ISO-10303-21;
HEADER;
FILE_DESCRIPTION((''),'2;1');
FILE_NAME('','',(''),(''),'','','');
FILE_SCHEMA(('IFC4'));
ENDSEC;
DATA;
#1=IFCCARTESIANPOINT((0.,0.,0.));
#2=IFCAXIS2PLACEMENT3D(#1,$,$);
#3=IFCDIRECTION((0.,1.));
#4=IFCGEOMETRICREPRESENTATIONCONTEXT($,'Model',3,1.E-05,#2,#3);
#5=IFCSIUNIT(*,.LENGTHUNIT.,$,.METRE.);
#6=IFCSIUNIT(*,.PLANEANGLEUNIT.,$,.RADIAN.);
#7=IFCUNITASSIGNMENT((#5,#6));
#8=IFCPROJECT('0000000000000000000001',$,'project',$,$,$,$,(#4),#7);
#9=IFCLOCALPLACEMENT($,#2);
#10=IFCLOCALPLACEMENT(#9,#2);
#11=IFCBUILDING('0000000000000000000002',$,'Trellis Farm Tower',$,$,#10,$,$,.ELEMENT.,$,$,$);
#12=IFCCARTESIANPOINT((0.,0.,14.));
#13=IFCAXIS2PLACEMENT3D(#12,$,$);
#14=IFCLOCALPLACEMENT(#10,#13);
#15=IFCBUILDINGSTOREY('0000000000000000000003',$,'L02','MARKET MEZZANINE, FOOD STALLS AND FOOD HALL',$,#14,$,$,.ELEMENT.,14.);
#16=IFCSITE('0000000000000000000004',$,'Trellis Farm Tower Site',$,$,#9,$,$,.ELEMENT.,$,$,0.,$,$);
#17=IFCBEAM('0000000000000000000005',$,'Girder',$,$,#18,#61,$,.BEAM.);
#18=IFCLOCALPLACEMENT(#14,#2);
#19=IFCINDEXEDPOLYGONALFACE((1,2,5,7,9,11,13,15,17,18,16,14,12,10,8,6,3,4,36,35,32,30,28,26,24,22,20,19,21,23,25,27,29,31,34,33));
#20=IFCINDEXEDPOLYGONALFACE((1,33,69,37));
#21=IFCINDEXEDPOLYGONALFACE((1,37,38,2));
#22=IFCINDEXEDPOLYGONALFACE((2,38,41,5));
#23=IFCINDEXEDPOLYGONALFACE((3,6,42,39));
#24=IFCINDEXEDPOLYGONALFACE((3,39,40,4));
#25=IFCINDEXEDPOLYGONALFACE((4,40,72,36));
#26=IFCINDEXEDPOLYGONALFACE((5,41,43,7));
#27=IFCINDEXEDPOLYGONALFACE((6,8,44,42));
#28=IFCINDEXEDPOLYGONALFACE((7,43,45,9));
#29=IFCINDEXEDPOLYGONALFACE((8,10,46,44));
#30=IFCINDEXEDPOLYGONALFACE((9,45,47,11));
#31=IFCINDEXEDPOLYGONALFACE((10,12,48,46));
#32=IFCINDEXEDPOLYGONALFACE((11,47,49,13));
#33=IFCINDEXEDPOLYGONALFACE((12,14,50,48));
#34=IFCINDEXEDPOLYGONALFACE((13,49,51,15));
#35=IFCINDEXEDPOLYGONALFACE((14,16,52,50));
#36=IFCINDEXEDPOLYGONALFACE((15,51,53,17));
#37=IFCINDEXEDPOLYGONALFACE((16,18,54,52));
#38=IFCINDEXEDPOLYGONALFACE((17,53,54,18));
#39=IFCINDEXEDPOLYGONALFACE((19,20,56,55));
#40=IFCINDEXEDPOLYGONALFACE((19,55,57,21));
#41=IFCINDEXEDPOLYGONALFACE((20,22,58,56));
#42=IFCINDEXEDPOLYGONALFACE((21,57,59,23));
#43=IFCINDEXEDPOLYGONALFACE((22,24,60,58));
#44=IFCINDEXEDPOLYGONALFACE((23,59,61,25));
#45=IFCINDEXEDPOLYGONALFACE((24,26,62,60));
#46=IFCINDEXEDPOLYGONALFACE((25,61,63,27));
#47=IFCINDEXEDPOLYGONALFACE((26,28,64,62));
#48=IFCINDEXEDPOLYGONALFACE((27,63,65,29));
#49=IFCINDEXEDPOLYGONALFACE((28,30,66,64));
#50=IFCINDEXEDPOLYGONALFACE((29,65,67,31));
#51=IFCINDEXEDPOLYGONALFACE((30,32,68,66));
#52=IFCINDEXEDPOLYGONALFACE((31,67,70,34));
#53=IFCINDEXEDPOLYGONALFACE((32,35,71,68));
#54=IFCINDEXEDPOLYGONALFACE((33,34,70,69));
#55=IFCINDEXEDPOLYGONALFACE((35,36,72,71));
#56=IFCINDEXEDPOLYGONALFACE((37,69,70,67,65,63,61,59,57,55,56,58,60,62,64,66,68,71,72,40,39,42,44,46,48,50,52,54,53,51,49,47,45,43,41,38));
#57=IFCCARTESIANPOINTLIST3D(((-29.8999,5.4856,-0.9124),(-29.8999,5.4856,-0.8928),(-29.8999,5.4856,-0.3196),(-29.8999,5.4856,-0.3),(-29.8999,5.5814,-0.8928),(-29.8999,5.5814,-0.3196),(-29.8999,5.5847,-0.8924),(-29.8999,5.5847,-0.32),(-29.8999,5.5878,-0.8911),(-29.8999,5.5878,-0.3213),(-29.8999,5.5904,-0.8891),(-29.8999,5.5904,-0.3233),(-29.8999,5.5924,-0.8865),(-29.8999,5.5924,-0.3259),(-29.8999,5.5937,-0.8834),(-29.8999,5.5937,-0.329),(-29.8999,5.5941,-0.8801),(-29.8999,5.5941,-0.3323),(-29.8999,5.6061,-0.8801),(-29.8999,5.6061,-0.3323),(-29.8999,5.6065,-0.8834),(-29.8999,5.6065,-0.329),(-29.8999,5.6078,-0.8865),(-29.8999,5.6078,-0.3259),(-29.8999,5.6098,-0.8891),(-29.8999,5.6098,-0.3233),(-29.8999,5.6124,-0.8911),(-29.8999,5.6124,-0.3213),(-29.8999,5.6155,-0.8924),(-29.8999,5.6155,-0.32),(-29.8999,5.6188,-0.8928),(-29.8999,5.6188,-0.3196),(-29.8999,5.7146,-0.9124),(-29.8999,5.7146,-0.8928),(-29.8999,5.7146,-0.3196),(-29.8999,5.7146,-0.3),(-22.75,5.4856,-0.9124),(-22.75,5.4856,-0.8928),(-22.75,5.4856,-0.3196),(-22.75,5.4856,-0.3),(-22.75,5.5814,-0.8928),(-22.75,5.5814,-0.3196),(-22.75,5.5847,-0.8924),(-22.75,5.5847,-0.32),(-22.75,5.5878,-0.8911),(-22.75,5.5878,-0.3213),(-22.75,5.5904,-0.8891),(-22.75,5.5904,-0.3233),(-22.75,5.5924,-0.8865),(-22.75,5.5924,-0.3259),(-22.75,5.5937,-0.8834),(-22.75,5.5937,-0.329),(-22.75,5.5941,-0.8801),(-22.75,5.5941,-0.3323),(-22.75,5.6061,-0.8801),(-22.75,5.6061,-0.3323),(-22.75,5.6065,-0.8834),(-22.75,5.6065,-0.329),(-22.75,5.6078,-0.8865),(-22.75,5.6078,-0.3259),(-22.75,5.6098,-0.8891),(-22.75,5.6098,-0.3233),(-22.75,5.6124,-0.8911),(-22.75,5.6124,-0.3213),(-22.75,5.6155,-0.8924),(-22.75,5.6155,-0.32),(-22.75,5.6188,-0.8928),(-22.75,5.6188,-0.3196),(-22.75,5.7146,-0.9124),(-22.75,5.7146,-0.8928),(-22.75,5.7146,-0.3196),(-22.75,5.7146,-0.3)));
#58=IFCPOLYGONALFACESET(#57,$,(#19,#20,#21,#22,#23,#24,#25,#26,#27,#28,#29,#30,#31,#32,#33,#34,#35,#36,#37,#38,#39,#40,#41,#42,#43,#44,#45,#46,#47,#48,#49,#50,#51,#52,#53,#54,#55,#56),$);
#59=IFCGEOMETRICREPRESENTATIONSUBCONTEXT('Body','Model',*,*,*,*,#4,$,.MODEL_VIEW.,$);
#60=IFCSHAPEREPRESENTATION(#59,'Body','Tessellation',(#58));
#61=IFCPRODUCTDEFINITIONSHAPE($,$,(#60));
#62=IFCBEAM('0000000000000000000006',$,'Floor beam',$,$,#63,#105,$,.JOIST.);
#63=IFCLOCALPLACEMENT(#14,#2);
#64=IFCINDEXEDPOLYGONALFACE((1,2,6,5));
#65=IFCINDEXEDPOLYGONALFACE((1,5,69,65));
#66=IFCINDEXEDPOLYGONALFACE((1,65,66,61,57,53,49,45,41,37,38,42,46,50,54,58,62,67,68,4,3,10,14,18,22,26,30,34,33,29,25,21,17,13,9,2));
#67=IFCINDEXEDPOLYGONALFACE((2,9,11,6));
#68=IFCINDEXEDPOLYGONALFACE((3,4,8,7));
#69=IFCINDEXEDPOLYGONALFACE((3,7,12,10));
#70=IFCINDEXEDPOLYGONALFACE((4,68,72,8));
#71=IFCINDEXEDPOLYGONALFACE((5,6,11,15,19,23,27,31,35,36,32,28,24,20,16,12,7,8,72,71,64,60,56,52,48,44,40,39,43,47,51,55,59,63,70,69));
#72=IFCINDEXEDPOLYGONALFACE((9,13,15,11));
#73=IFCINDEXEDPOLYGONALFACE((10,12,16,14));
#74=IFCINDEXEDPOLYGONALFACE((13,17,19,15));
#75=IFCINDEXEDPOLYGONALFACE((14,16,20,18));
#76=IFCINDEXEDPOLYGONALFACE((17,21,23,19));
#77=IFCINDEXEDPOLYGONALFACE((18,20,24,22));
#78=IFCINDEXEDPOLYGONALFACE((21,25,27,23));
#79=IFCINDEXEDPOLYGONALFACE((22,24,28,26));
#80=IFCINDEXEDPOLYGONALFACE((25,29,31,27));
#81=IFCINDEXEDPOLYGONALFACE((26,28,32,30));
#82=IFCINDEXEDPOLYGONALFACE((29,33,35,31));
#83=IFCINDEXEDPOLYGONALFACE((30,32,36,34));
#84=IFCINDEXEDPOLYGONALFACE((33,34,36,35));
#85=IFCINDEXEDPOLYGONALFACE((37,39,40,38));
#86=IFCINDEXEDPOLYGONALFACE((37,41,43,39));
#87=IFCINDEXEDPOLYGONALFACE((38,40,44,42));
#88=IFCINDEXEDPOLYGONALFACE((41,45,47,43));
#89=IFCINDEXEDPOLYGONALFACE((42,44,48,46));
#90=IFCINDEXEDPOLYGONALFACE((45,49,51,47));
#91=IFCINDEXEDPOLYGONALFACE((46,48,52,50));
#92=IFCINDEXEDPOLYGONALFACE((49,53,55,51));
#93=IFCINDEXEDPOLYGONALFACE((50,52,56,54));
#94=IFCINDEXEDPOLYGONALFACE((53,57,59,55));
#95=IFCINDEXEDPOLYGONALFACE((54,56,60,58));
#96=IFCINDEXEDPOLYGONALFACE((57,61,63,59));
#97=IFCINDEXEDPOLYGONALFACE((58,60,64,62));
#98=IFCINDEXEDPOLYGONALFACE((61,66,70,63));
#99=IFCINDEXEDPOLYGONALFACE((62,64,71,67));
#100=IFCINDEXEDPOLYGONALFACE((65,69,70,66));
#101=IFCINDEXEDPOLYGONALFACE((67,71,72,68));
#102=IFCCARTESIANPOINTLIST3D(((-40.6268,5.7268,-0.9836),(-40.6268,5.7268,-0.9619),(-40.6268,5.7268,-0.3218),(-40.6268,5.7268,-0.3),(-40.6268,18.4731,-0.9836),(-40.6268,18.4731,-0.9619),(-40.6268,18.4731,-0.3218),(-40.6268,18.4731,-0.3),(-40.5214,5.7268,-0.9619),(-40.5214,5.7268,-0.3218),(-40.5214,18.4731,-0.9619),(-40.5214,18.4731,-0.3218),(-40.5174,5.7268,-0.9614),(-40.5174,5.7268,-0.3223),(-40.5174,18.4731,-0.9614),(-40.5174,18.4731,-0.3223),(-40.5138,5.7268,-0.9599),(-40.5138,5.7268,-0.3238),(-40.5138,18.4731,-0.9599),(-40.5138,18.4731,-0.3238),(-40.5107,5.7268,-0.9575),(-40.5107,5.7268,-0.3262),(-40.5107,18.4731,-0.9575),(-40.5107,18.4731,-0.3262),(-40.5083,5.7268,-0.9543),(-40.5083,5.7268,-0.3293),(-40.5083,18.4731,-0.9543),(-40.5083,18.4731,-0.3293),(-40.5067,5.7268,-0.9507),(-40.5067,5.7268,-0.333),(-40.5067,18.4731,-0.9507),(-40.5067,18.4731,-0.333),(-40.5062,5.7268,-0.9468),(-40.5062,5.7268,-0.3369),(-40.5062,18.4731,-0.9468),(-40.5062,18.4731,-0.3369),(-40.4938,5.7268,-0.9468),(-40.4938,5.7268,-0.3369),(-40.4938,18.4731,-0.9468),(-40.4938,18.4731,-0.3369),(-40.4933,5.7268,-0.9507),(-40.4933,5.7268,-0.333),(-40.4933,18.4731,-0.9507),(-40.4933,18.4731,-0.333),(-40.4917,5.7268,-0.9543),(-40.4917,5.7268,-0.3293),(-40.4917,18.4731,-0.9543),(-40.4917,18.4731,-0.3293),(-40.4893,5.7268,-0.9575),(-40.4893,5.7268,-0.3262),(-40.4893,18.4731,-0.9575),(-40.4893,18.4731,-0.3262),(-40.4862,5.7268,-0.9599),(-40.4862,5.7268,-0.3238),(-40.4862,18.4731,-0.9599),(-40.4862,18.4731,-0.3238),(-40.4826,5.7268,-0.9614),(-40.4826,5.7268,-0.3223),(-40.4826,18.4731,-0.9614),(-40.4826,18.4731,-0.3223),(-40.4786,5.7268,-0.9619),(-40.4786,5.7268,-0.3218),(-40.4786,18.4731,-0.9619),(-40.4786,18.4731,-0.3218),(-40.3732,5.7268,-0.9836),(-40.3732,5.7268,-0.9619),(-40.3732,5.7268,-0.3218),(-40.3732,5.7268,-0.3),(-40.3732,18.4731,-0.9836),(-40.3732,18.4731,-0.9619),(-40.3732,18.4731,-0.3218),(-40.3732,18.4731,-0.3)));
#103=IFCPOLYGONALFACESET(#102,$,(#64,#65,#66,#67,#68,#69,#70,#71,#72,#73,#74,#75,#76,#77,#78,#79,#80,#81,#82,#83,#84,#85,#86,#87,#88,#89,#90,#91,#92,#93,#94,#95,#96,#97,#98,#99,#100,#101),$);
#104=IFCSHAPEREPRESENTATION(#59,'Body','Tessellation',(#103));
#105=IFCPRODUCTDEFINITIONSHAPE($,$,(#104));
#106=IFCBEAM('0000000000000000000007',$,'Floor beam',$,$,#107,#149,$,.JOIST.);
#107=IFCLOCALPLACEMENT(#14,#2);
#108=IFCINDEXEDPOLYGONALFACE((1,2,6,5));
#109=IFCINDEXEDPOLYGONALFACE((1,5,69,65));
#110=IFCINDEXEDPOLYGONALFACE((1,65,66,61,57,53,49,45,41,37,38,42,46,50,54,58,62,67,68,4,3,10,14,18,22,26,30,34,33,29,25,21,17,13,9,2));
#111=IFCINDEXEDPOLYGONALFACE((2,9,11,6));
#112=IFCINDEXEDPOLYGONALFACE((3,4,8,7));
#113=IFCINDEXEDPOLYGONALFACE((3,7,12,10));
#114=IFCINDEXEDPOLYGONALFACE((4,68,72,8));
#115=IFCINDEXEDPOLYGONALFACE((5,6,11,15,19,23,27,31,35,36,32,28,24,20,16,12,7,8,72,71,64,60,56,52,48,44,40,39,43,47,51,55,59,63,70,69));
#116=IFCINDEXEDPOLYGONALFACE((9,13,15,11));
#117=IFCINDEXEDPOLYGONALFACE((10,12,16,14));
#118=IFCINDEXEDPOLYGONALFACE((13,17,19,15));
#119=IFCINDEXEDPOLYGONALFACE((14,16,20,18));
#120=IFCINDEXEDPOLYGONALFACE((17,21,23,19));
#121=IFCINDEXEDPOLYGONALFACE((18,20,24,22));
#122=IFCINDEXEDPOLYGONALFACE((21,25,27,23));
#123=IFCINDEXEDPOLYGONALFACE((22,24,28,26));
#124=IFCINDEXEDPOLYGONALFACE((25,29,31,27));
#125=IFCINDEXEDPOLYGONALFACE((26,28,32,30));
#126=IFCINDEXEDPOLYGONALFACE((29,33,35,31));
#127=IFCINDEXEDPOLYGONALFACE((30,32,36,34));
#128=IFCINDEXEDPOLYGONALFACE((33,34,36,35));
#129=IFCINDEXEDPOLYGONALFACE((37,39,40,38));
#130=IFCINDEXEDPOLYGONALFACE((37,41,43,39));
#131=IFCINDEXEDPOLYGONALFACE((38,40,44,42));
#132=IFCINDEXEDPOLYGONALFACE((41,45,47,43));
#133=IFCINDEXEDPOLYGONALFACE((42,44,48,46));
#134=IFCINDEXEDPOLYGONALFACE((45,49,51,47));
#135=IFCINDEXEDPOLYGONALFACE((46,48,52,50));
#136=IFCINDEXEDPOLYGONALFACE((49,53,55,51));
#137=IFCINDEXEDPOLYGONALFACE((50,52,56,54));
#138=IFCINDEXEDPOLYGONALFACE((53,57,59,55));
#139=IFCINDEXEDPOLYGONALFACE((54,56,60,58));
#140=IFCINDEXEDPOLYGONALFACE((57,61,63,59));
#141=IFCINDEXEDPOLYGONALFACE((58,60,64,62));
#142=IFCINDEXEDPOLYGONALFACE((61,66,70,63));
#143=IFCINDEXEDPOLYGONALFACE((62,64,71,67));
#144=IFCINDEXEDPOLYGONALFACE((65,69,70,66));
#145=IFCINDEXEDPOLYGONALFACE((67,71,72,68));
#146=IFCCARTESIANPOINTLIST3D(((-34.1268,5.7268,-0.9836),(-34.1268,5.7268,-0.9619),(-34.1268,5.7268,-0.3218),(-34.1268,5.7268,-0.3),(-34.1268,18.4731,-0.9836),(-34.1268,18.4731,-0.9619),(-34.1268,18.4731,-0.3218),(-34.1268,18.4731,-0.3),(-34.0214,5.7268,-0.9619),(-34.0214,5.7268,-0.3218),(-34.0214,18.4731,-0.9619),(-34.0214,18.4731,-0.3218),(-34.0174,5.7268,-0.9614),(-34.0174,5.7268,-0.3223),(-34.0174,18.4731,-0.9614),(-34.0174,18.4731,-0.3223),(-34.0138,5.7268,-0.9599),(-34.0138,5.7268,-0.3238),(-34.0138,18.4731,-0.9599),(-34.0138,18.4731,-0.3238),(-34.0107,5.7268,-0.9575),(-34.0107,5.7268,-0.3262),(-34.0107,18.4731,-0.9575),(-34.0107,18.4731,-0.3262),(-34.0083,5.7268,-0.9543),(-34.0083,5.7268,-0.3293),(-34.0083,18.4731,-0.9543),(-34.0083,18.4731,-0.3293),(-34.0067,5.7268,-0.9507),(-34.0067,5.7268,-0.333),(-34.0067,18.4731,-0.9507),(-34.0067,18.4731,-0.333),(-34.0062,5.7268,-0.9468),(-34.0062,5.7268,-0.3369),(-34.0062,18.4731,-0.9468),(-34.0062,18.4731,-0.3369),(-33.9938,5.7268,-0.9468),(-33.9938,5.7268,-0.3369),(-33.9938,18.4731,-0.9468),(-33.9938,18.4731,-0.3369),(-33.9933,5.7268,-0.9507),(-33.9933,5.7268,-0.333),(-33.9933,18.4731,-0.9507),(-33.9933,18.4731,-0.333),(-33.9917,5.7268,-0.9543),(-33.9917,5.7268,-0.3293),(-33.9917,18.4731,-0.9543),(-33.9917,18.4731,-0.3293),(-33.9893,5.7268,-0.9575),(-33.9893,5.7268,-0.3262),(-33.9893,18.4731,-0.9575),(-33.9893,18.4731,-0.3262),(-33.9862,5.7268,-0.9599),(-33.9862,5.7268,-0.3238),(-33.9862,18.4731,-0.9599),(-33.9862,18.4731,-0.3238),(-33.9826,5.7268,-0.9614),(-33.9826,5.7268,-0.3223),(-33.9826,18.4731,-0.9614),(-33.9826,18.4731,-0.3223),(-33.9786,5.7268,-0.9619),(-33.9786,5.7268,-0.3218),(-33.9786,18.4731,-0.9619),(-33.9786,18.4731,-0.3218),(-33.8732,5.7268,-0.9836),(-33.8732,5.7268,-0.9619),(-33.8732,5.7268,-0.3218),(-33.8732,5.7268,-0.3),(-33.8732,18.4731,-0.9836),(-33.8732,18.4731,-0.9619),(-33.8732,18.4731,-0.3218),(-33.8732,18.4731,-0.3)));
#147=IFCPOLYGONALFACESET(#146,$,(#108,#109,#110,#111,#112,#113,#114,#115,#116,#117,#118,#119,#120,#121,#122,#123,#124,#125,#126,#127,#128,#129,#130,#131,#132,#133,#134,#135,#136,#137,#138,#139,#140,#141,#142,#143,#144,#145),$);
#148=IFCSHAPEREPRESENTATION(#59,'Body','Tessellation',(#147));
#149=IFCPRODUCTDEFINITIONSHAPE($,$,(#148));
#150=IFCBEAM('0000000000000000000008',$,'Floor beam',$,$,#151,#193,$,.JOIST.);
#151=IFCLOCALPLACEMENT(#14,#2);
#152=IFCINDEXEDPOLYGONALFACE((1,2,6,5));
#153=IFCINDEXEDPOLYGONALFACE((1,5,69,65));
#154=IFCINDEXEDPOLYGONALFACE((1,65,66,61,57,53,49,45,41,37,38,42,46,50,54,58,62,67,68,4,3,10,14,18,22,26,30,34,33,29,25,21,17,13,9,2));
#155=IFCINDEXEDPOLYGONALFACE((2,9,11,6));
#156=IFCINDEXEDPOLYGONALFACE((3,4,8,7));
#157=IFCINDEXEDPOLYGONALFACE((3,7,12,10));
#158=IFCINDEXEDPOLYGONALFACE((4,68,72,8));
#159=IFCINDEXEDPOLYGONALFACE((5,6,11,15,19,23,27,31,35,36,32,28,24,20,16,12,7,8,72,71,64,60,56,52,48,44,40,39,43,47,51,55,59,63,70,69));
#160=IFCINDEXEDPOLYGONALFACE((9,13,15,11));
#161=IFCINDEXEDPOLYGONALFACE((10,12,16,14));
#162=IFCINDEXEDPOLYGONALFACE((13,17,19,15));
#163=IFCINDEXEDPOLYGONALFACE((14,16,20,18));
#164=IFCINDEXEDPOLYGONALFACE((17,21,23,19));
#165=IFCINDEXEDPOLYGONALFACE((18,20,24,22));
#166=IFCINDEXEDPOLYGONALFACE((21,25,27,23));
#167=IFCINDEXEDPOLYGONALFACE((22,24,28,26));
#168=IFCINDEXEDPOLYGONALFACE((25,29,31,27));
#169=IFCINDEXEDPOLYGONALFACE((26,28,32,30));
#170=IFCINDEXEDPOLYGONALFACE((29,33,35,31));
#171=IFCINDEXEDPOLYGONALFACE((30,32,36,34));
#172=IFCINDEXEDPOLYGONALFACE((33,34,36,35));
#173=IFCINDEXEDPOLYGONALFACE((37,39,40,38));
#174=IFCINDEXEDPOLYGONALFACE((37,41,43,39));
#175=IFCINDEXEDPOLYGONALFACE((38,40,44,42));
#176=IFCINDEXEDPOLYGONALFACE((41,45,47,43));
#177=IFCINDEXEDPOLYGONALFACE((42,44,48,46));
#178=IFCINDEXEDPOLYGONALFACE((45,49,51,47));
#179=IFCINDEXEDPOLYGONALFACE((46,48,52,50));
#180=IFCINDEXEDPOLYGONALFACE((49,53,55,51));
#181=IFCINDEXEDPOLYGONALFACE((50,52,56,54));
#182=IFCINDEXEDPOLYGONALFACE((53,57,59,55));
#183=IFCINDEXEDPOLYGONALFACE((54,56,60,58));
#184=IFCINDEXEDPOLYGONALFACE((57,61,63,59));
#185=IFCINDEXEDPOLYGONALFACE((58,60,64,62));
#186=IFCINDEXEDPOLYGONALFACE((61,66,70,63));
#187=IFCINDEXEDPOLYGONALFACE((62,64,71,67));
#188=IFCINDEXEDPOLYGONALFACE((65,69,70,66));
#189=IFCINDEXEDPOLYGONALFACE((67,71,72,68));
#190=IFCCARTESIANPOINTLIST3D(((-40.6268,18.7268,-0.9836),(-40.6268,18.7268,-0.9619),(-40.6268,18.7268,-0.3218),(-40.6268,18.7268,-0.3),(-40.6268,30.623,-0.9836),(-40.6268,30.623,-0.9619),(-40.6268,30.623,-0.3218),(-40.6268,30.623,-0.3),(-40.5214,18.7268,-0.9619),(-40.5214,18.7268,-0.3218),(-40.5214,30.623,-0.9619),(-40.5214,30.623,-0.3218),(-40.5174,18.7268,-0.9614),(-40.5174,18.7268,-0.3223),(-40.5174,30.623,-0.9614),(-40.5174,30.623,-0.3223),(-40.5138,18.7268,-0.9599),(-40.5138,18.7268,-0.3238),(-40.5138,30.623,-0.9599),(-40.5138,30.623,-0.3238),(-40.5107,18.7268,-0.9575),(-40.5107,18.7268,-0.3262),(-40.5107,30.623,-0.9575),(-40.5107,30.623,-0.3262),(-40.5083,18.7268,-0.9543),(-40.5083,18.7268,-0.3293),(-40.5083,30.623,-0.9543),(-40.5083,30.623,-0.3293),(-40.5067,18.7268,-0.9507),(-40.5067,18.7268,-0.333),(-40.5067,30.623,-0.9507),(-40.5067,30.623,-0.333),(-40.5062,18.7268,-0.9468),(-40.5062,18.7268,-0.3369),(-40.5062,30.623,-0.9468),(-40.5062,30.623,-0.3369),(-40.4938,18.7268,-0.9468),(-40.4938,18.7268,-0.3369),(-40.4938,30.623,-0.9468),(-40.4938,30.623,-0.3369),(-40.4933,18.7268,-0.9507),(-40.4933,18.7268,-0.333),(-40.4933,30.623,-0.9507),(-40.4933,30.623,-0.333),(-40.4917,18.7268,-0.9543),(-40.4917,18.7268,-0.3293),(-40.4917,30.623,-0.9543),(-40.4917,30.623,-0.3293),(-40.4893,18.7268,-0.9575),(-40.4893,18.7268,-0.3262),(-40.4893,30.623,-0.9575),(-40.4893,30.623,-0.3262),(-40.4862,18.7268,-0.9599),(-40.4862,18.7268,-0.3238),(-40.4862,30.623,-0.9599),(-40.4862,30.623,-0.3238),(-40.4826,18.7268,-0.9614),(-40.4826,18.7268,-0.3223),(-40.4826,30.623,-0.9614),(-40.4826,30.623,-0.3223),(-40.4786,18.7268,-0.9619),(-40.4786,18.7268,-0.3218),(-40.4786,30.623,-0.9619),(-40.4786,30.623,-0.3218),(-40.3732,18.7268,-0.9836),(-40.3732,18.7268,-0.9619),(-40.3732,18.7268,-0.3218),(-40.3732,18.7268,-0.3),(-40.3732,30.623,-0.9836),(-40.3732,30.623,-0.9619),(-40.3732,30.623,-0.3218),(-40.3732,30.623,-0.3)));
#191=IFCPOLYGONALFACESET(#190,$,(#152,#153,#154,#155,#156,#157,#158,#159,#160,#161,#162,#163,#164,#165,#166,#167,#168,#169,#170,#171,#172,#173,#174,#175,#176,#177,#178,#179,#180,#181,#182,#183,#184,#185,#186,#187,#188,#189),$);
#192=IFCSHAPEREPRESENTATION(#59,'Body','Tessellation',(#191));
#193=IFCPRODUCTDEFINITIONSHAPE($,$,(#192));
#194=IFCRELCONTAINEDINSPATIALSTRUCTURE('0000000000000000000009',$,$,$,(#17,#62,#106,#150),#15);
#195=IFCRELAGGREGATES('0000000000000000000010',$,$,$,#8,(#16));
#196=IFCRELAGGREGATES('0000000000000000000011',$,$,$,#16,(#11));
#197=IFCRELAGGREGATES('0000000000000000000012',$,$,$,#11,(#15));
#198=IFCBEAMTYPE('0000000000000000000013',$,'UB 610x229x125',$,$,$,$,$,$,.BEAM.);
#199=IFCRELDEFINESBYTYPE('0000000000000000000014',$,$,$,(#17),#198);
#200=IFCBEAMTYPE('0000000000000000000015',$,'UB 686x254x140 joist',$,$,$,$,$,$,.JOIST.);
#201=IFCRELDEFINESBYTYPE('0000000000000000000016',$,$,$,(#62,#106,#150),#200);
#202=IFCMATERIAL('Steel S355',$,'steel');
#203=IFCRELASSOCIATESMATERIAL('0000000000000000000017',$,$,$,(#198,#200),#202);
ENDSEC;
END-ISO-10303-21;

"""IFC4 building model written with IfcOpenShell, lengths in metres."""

from ifc_helpers import new_model, si_unit, direction, frame, origin, origin_2d, place, context, subcontext, project, spatial, i_section, extrude, source, transform, mapped, material, material_profile, profile_set, type_object, element, save


model = new_model("IFC4")

# Units and contexts
model_context = context("Model", 3, precision=1e-05, world=origin(), true_north=direction((0.0, 1.0)))
body_context = subcontext(model_context, "Body", "Model", "MODEL_VIEW")
ifc_project = project(units=[si_unit("LENGTHUNIT", "METRE"), si_unit("PLANEANGLEUNIT", "RADIAN")], contexts=[model_context])

# Site, building, storey
site_placement = place(None, origin())
site = spatial("IfcSite", under=ifc_project, at=site_placement, Name="Trellis Farm Tower Site", CompositionType="ELEMENT", RefElevation=0.0)
building_placement = place(site_placement, origin())
building = spatial("IfcBuilding", under=site, at=building_placement, Name="Trellis Farm Tower", CompositionType="ELEMENT")
storey_placement = place(building_placement, frame((0.0, 0.0, 14.0)))
storey = spatial("IfcBuildingStorey", under=building, at=storey_placement, Name="L02", Description="MARKET MEZZANINE, FOOD STALLS AND FOOD HALL", CompositionType="ELEMENT", Elevation=14.0)

# Beams
ifc_material_1 = material(Name="Steel S355", Category="steel")
ifc_material_profile_1 = material_profile(ifc_material_1, i_section(OverallWidth=0.229, OverallDepth=0.6123, WebThickness=0.012, FlangeThickness=0.0195, FilletRadius=0.0127, at=origin_2d()), Name="UB 610x229x125")
ifc_profile_set_1 = profile_set([ifc_material_profile_1], Name="Steel S355")
beam_type_1 = type_object("IfcBeamType", Name="UB 610x229x125", PredefinedType="BEAM", material=ifc_profile_set_1)
shared_shape_1 = source(origin(), body_context, "Body", "SweptSolid", [
    extrude(i_section(OverallWidth=0.229, OverallDepth=0.6123, WebThickness=0.012, FlangeThickness=0.0195, FilletRadius=0.0127, at=origin_2d()), origin(), (0.0, 0.0, 1.0), 7.1499),
])
beam_1_placement = place(storey_placement, frame((-29.8999, 5.6001, -0.6062), z_axis=(1.0, 0.0, 0.0), x_axis=(0.0, 1.0, 0.0)))
element("IfcBeam", 1, at=beam_1_placement, inside=storey, type_object=beam_type_1, Name="Girder", PredefinedType="BEAM", context=body_context, shape_type="MappedRepresentation", body=[
    mapped(shared_shape_1, transform((0.0, 0.0, 0.0))),
])
ifc_material_profile_2 = material_profile(ifc_material_1, i_section(OverallWidth=0.2537, OverallDepth=0.6836, WebThickness=0.0125, FlangeThickness=0.0217, FilletRadius=0.0151, at=origin_2d()), Name="UB 686x254x140")
ifc_profile_set_2 = profile_set([ifc_material_profile_2], Name="Steel S355")
beam_type_2 = type_object("IfcBeamType", Name="UB 686x254x140 joist", PredefinedType="JOIST", material=ifc_profile_set_2)
shared_shape_2 = source(origin(), body_context, "Body", "SweptSolid", [
    extrude(i_section(OverallWidth=0.2537, OverallDepth=0.6836, WebThickness=0.0125, FlangeThickness=0.0217, FilletRadius=0.0151, at=origin_2d()), origin(), (0.0, 0.0, 1.0), 12.7463),
])
for number, where, z_axis, x_axis, name in (
    (2, (-40.5, 5.7268, -0.6418), (0.0, 1.0, 0.0), (-1.0, 0.0, 0.0), "Floor beam"),
    (3, (-34.0, 5.7268, -0.6418), (0.0, 1.0, 0.0), (-1.0, 0.0, 0.0), "Floor beam"),
):
    element("IfcBeam", number, at=place(storey_placement, frame(where, z_axis=z_axis, x_axis=x_axis)), inside=storey, type_object=beam_type_2, Name=name, PredefinedType="JOIST", context=body_context, shape_type="MappedRepresentation", body=[
        mapped(shared_shape_2, transform((0.0, 0.0, 0.0))),
    ])
shared_shape_3 = source(origin(), body_context, "Body", "SweptSolid", [
    extrude(i_section(OverallWidth=0.2537, OverallDepth=0.6836, WebThickness=0.0125, FlangeThickness=0.0217, FilletRadius=0.0151, at=origin_2d()), origin(), (0.0, 0.0, 1.0), 11.8962),
])
for number, where, z_axis, x_axis, name in (
    (4, (-40.5, 18.7268, -0.6418), (0.0, 1.0, 0.0), (-1.0, 0.0, 0.0), "Floor beam"),
):
    element("IfcBeam", number, at=place(storey_placement, frame(where, z_axis=z_axis, x_axis=x_axis)), inside=storey, type_object=beam_type_2, Name=name, PredefinedType="JOIST", context=body_context, shape_type="MappedRepresentation", body=[
        mapped(shared_shape_3, transform((0.0, 0.0, 0.0))),
    ])

save(model, "model.ifc")
